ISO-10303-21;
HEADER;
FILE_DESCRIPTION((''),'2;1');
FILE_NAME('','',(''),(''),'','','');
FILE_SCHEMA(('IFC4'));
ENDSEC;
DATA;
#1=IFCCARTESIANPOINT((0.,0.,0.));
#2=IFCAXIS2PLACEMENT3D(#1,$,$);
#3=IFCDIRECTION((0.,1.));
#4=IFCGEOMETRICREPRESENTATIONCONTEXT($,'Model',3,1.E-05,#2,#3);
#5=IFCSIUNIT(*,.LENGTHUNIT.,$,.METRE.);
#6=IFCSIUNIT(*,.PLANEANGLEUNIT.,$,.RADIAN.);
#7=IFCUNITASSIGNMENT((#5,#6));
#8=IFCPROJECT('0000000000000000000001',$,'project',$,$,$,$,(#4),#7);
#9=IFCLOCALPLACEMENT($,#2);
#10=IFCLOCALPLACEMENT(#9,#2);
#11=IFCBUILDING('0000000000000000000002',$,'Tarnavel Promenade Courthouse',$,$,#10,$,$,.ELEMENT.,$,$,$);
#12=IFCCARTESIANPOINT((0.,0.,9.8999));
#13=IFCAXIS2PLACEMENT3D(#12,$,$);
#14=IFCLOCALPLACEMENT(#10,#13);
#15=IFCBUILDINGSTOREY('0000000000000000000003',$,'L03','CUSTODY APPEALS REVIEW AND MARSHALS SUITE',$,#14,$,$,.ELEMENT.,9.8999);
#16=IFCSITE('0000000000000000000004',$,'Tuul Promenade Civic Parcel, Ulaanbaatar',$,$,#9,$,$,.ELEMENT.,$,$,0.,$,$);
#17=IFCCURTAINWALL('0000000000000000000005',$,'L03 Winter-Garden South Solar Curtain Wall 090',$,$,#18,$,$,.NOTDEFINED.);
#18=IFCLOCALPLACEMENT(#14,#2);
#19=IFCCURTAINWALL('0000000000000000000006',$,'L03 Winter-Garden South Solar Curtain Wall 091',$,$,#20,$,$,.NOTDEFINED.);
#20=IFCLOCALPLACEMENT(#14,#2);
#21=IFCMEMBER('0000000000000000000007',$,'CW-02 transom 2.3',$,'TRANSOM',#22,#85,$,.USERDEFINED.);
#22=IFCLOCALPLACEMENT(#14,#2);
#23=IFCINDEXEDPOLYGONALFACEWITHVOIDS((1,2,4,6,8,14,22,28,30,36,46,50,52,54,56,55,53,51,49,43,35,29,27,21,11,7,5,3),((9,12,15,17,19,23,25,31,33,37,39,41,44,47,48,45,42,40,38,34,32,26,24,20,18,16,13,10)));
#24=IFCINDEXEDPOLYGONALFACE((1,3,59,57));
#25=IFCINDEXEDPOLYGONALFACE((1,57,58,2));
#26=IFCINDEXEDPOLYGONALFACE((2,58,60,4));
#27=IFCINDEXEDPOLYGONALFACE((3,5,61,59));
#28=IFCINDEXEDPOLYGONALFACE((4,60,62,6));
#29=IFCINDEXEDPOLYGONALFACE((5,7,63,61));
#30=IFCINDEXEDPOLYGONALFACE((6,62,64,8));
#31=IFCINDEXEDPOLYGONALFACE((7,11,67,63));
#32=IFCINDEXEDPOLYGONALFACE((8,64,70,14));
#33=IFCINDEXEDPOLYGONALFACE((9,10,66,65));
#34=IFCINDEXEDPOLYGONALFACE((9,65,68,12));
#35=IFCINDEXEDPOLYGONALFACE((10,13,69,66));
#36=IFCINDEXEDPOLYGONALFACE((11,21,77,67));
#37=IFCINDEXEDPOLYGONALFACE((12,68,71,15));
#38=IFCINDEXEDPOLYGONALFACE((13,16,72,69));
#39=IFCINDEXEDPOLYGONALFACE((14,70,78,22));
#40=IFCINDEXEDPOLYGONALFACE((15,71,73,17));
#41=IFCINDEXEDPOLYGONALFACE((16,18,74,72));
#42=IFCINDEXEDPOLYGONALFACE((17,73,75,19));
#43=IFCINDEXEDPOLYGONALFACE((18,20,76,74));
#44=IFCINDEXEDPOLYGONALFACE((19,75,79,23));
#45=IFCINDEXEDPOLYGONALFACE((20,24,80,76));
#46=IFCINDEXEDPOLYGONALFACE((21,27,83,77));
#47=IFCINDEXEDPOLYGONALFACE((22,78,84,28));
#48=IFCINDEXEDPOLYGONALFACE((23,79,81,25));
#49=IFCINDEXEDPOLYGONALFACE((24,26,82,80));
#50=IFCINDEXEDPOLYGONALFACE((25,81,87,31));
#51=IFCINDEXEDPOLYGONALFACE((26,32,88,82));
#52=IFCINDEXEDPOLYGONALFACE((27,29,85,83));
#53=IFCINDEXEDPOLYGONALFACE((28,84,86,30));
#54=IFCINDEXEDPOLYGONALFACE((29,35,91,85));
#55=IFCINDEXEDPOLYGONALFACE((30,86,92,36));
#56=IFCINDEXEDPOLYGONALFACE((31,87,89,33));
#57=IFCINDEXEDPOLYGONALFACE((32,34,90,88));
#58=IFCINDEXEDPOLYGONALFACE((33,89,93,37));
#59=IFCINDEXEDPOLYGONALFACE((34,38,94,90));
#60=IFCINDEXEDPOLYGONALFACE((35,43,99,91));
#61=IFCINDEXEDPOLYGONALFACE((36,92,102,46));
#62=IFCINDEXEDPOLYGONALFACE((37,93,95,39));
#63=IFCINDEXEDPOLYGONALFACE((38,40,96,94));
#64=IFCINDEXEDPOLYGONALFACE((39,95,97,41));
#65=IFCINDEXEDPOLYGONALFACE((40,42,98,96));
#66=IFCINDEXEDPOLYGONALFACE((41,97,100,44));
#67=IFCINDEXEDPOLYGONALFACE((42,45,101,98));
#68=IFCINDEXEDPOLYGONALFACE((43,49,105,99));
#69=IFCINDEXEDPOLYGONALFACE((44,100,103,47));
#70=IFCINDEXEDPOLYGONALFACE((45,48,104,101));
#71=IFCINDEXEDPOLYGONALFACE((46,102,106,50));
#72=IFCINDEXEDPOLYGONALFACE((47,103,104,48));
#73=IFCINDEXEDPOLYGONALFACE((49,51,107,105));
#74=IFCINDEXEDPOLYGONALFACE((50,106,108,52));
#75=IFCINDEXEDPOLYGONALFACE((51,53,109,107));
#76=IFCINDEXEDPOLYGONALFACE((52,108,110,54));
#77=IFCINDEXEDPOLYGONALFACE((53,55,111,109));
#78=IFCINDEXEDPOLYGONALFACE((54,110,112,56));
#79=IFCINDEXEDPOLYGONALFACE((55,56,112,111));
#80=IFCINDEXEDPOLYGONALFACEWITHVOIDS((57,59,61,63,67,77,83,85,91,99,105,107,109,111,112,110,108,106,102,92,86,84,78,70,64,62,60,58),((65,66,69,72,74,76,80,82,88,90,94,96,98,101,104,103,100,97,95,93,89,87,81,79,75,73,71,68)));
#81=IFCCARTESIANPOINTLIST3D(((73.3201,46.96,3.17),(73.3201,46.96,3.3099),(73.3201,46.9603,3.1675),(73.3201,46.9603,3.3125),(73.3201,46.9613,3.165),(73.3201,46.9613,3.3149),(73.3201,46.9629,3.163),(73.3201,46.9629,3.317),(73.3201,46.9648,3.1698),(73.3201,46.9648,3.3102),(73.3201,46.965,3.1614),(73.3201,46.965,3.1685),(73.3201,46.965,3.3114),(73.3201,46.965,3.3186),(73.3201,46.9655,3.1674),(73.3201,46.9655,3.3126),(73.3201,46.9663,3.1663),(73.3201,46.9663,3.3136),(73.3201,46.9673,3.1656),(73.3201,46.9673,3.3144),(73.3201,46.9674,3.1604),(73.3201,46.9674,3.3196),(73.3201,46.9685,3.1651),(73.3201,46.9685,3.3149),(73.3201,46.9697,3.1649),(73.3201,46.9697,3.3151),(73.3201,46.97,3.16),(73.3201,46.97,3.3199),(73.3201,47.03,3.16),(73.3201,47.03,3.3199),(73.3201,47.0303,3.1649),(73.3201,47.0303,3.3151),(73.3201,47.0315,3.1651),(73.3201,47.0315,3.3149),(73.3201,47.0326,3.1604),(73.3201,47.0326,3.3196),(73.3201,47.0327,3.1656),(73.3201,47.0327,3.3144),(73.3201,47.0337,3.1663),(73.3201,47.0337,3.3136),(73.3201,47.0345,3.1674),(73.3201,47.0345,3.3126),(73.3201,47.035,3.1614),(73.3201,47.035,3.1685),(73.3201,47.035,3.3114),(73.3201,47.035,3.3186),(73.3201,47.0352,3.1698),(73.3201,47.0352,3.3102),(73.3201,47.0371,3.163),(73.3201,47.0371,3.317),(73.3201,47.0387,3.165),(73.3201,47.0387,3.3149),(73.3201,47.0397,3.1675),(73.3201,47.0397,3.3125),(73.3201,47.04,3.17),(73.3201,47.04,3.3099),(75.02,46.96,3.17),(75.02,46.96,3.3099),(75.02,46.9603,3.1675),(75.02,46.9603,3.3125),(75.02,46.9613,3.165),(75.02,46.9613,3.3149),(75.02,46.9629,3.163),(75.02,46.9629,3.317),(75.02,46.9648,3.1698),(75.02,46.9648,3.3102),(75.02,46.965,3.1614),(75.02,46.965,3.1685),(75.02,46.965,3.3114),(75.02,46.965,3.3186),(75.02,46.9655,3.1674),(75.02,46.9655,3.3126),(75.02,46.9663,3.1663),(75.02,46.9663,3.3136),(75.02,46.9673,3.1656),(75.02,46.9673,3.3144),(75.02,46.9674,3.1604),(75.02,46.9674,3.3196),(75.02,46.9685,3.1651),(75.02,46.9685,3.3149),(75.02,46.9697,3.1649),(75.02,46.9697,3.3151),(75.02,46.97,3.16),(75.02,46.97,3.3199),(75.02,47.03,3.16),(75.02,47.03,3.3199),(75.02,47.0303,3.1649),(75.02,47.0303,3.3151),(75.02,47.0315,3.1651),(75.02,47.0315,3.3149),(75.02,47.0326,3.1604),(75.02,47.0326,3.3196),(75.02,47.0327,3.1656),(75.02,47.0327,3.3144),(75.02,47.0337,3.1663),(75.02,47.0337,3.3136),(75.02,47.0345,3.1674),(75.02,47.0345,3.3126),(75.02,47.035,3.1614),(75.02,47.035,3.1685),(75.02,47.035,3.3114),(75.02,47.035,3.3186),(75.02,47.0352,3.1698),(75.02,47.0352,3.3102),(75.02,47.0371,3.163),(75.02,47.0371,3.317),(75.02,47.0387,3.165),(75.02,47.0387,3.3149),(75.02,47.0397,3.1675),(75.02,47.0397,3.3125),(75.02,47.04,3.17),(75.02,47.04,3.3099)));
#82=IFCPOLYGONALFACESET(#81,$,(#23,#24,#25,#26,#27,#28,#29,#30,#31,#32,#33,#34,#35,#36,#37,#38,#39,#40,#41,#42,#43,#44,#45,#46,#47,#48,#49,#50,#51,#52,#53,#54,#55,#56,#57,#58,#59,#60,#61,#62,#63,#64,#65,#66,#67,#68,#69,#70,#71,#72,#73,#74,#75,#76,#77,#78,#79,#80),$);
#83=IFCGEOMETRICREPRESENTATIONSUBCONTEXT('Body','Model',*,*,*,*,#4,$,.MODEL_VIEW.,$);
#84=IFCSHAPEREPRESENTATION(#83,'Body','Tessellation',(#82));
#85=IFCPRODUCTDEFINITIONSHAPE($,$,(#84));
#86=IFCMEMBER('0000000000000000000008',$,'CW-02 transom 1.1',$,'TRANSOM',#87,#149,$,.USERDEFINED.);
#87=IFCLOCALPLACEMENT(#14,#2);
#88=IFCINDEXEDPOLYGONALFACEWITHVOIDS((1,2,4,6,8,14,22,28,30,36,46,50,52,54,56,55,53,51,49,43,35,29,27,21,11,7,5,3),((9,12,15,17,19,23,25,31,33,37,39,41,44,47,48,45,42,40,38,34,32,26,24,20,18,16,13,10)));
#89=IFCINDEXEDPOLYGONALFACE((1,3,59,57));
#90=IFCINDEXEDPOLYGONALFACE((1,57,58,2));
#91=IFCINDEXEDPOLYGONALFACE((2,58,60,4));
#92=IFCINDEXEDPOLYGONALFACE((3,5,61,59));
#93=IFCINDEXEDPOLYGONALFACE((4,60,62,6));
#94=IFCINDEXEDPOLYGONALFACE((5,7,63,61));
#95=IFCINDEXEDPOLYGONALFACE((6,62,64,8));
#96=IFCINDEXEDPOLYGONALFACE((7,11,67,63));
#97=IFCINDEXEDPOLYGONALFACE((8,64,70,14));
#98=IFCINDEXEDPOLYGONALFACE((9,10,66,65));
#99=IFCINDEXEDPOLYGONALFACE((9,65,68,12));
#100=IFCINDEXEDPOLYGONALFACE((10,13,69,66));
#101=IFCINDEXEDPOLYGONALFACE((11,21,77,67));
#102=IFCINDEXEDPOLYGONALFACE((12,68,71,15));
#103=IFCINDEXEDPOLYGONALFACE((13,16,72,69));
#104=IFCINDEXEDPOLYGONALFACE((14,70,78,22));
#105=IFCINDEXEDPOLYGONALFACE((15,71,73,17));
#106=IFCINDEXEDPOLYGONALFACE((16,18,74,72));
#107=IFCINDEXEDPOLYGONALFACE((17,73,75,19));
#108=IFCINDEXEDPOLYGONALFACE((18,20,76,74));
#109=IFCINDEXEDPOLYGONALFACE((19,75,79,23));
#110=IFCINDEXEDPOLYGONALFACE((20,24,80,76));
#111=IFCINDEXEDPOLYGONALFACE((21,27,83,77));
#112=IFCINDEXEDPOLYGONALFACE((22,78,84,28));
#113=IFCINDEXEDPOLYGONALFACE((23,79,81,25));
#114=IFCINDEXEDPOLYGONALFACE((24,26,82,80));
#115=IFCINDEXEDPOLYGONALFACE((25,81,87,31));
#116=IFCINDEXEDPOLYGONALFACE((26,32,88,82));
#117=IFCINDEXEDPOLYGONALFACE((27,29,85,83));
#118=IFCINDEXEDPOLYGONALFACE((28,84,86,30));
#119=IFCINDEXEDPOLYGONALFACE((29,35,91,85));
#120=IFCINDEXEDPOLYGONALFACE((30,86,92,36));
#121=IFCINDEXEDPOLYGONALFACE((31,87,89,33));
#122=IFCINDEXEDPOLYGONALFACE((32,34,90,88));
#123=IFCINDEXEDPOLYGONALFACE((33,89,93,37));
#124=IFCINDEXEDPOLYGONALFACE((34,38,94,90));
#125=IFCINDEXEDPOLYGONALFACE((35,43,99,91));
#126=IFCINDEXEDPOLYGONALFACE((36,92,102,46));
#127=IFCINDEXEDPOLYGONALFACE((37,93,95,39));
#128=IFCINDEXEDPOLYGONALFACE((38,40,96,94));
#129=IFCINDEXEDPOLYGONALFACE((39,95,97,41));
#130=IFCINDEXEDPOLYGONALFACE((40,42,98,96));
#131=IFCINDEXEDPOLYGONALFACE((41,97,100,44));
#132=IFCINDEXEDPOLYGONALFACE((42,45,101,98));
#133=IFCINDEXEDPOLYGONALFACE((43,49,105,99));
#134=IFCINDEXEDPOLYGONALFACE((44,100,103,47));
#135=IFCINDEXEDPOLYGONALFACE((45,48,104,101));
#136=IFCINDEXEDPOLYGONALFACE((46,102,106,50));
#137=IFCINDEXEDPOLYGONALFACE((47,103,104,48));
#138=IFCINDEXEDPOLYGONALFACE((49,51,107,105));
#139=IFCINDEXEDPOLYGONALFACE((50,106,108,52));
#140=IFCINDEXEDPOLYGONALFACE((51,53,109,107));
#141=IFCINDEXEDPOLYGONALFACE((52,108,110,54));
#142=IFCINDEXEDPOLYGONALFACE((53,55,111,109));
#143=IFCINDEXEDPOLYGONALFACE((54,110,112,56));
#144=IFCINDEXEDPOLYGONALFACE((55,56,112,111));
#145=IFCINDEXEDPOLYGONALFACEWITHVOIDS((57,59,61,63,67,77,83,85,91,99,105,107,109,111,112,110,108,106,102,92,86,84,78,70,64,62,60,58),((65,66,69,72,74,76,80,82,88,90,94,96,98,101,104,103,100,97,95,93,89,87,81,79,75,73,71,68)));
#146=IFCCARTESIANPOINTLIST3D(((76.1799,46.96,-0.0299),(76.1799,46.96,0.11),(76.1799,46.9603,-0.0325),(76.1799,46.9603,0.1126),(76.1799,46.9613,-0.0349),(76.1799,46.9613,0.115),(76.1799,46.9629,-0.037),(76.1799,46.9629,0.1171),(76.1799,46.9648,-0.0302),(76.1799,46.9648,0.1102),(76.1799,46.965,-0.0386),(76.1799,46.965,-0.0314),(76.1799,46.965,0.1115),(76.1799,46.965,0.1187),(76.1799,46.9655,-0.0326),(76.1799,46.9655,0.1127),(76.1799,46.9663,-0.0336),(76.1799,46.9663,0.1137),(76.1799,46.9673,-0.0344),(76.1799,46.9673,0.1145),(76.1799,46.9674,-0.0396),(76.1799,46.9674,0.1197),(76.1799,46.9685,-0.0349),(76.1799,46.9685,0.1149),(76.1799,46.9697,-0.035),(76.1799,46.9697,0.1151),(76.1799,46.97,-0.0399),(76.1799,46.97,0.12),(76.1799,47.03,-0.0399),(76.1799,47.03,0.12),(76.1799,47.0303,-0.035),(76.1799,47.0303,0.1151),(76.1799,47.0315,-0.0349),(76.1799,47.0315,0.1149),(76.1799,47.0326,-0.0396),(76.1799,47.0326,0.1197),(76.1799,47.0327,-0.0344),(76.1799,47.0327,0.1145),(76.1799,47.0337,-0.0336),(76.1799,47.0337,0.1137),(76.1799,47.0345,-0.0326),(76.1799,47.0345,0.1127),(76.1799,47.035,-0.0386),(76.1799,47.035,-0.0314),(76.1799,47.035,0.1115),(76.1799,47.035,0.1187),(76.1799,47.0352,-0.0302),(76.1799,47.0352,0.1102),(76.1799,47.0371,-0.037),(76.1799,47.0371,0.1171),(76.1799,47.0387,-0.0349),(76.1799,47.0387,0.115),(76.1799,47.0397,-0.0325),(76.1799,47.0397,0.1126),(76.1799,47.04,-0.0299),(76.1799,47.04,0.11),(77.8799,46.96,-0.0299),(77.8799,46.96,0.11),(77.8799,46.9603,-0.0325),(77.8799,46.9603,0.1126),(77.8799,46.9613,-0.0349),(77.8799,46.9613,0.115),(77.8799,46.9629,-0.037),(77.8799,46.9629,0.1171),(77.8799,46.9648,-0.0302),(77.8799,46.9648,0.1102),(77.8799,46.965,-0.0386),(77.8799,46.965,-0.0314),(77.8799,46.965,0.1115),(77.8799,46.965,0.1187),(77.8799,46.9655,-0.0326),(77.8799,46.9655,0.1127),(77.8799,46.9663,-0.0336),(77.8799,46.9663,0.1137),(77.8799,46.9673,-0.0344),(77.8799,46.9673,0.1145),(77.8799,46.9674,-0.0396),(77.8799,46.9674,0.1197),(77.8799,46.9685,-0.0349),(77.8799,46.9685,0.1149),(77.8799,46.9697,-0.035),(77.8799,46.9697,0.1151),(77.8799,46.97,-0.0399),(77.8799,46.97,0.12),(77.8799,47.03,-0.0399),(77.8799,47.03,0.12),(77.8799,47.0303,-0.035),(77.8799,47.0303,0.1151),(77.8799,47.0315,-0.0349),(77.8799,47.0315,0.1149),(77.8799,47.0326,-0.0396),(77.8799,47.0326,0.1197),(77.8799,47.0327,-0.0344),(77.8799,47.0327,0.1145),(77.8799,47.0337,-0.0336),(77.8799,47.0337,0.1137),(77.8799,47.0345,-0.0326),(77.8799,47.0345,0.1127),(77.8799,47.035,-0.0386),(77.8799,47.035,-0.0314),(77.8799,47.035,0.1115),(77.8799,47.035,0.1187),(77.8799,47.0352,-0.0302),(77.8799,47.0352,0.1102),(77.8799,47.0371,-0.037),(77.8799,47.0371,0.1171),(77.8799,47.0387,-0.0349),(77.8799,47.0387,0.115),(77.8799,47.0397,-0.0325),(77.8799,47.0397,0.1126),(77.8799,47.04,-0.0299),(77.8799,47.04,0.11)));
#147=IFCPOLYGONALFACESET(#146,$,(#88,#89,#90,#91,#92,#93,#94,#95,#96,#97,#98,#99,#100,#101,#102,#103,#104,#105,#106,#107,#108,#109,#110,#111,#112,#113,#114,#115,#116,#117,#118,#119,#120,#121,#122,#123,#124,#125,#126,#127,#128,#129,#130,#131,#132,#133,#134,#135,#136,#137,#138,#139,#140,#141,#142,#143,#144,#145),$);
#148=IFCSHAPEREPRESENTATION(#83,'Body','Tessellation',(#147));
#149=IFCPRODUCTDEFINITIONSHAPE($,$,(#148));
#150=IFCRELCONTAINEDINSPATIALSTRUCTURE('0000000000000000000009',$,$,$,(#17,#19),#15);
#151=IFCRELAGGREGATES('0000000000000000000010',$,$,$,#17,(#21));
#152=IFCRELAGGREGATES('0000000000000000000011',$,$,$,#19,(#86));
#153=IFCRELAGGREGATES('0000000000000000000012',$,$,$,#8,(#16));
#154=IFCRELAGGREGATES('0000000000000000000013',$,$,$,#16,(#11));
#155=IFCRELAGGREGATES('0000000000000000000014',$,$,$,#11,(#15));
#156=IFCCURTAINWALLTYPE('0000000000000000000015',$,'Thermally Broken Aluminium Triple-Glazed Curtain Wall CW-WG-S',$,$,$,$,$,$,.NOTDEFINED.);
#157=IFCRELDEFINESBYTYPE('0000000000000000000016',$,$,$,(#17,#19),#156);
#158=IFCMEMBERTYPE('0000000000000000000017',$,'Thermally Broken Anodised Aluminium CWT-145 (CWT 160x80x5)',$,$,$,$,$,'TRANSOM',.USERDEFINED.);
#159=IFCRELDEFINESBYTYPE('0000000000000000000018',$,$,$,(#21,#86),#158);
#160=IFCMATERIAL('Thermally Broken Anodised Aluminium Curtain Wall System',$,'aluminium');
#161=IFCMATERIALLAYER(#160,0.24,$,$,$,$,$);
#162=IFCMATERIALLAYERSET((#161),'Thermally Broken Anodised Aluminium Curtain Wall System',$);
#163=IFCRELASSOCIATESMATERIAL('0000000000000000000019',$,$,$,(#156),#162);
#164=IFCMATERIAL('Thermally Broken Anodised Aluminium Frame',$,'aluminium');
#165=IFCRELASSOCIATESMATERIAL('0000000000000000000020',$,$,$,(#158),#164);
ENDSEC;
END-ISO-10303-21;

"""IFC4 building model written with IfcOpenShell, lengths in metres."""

from ifc_helpers import new_model, si_unit, direction, frame, origin, origin_2d, place, context, subcontext, project, spatial, hollow_rectangle, extrude, material, layer, layer_set, material_profile, profile_set, type_object, element, aggregate, save


model = new_model("IFC4")

# Units and contexts
model_context = context("Model", 3, precision=1e-05, world=origin(), true_north=direction((0.0, 1.0)))
body_context = subcontext(model_context, "Body", "Model", "MODEL_VIEW")
ifc_project = project(units=[si_unit("LENGTHUNIT", "METRE"), si_unit("PLANEANGLEUNIT", "RADIAN")], contexts=[model_context])

# Site, building, storey
site_placement = place(None, origin())
site = spatial("IfcSite", under=ifc_project, at=site_placement, Name="Tuul Promenade Civic Parcel, Ulaanbaatar", CompositionType="ELEMENT", RefElevation=0.0)
building_placement = place(site_placement, origin())
building = spatial("IfcBuilding", under=site, at=building_placement, Name="Tarnavel Promenade Courthouse", CompositionType="ELEMENT")
storey_placement = place(building_placement, frame((0.0, 0.0, 9.8999)))
storey = spatial("IfcBuildingStorey", under=building, at=storey_placement, Name="L03", Description="CUSTODY APPEALS REVIEW AND MARSHALS SUITE", CompositionType="ELEMENT", Elevation=9.8999)

# Curtain walls
ifc_material_1 = material(Name="Thermally Broken Anodised Aluminium Curtain Wall System", Category="aluminium")
ifc_layer_1 = layer(ifc_material_1, 0.24)
ifc_layer_set_1 = layer_set([ifc_layer_1], Name="Thermally Broken Anodised Aluminium Curtain Wall System")
curtain_wall_type = type_object("IfcCurtainWallType", Name="Thermally Broken Aluminium Triple-Glazed Curtain Wall CW-WG-S", PredefinedType="NOTDEFINED", material=ifc_layer_set_1)
curtain_wall_1_placement = place(storey_placement, origin())
curtain_wall_1 = element("IfcCurtainWall", 1, at=curtain_wall_1_placement, inside=storey, type_object=curtain_wall_type, Name="L03 Winter-Garden South Solar Curtain Wall 090", PredefinedType="NOTDEFINED")
ifc_material_2 = material(Name="Thermally Broken Anodised Aluminium Frame", Category="aluminium")
curtain_wall_2_placement = place(storey_placement, origin())
curtain_wall_2 = element("IfcCurtainWall", 2, at=curtain_wall_2_placement, inside=storey, type_object=curtain_wall_type, Name="L03 Winter-Garden South Solar Curtain Wall 091", PredefinedType="NOTDEFINED")

# Members
ifc_material_profile_1 = material_profile(ifc_material_2, hollow_rectangle(XDim=0.0801, YDim=0.1599, WallThickness=0.0049, InnerFilletRadius=0.0049, OuterFilletRadius=0.01, at=origin_2d()), Name="CWT 160x80x5")
ifc_profile_set_1 = profile_set([ifc_material_profile_1], Name="Thermally Broken Anodised Aluminium Frame")
member_type_1 = type_object("IfcMemberType", Name="Thermally Broken Anodised Aluminium CWT-145 (CWT 160x80x5)", ElementType="TRANSOM", PredefinedType="USERDEFINED", material=ifc_profile_set_1)
member_1_placement = place(storey_placement, frame((73.3201, 47.0, 3.24), z_axis=(1.0, 0.0, 0.0), x_axis=(0.0, 1.0, 0.0)))
member_1 = element("IfcMember", 3, at=member_1_placement, type_object=member_type_1, Name="CW-02 transom 2.3", ObjectType="TRANSOM", PredefinedType="USERDEFINED", context=body_context, shape_type="SweptSolid", body=[
    extrude(hollow_rectangle(XDim=0.0801, YDim=0.1599, WallThickness=0.0049, InnerFilletRadius=0.0049, OuterFilletRadius=0.01, at=origin_2d()), origin(), (0.0, 0.0, 1.0), 1.7),
])
member_2_placement = place(storey_placement, frame((76.1799, 47.0, 0.04), z_axis=(1.0, 0.0, 0.0), x_axis=(0.0, 1.0, 0.0)))
member_2 = element("IfcMember", 4, at=member_2_placement, type_object=member_type_1, Name="CW-02 transom 1.1", ObjectType="TRANSOM", PredefinedType="USERDEFINED", context=body_context, shape_type="SweptSolid", body=[
    extrude(hollow_rectangle(XDim=0.0801, YDim=0.1599, WallThickness=0.0049, InnerFilletRadius=0.0049, OuterFilletRadius=0.01, at=origin_2d()), origin(), (0.0, 0.0, 1.0), 1.7),
])

aggregate(curtain_wall_1, [member_1])
aggregate(curtain_wall_2, [member_2])

save(model, "model.ifc")
